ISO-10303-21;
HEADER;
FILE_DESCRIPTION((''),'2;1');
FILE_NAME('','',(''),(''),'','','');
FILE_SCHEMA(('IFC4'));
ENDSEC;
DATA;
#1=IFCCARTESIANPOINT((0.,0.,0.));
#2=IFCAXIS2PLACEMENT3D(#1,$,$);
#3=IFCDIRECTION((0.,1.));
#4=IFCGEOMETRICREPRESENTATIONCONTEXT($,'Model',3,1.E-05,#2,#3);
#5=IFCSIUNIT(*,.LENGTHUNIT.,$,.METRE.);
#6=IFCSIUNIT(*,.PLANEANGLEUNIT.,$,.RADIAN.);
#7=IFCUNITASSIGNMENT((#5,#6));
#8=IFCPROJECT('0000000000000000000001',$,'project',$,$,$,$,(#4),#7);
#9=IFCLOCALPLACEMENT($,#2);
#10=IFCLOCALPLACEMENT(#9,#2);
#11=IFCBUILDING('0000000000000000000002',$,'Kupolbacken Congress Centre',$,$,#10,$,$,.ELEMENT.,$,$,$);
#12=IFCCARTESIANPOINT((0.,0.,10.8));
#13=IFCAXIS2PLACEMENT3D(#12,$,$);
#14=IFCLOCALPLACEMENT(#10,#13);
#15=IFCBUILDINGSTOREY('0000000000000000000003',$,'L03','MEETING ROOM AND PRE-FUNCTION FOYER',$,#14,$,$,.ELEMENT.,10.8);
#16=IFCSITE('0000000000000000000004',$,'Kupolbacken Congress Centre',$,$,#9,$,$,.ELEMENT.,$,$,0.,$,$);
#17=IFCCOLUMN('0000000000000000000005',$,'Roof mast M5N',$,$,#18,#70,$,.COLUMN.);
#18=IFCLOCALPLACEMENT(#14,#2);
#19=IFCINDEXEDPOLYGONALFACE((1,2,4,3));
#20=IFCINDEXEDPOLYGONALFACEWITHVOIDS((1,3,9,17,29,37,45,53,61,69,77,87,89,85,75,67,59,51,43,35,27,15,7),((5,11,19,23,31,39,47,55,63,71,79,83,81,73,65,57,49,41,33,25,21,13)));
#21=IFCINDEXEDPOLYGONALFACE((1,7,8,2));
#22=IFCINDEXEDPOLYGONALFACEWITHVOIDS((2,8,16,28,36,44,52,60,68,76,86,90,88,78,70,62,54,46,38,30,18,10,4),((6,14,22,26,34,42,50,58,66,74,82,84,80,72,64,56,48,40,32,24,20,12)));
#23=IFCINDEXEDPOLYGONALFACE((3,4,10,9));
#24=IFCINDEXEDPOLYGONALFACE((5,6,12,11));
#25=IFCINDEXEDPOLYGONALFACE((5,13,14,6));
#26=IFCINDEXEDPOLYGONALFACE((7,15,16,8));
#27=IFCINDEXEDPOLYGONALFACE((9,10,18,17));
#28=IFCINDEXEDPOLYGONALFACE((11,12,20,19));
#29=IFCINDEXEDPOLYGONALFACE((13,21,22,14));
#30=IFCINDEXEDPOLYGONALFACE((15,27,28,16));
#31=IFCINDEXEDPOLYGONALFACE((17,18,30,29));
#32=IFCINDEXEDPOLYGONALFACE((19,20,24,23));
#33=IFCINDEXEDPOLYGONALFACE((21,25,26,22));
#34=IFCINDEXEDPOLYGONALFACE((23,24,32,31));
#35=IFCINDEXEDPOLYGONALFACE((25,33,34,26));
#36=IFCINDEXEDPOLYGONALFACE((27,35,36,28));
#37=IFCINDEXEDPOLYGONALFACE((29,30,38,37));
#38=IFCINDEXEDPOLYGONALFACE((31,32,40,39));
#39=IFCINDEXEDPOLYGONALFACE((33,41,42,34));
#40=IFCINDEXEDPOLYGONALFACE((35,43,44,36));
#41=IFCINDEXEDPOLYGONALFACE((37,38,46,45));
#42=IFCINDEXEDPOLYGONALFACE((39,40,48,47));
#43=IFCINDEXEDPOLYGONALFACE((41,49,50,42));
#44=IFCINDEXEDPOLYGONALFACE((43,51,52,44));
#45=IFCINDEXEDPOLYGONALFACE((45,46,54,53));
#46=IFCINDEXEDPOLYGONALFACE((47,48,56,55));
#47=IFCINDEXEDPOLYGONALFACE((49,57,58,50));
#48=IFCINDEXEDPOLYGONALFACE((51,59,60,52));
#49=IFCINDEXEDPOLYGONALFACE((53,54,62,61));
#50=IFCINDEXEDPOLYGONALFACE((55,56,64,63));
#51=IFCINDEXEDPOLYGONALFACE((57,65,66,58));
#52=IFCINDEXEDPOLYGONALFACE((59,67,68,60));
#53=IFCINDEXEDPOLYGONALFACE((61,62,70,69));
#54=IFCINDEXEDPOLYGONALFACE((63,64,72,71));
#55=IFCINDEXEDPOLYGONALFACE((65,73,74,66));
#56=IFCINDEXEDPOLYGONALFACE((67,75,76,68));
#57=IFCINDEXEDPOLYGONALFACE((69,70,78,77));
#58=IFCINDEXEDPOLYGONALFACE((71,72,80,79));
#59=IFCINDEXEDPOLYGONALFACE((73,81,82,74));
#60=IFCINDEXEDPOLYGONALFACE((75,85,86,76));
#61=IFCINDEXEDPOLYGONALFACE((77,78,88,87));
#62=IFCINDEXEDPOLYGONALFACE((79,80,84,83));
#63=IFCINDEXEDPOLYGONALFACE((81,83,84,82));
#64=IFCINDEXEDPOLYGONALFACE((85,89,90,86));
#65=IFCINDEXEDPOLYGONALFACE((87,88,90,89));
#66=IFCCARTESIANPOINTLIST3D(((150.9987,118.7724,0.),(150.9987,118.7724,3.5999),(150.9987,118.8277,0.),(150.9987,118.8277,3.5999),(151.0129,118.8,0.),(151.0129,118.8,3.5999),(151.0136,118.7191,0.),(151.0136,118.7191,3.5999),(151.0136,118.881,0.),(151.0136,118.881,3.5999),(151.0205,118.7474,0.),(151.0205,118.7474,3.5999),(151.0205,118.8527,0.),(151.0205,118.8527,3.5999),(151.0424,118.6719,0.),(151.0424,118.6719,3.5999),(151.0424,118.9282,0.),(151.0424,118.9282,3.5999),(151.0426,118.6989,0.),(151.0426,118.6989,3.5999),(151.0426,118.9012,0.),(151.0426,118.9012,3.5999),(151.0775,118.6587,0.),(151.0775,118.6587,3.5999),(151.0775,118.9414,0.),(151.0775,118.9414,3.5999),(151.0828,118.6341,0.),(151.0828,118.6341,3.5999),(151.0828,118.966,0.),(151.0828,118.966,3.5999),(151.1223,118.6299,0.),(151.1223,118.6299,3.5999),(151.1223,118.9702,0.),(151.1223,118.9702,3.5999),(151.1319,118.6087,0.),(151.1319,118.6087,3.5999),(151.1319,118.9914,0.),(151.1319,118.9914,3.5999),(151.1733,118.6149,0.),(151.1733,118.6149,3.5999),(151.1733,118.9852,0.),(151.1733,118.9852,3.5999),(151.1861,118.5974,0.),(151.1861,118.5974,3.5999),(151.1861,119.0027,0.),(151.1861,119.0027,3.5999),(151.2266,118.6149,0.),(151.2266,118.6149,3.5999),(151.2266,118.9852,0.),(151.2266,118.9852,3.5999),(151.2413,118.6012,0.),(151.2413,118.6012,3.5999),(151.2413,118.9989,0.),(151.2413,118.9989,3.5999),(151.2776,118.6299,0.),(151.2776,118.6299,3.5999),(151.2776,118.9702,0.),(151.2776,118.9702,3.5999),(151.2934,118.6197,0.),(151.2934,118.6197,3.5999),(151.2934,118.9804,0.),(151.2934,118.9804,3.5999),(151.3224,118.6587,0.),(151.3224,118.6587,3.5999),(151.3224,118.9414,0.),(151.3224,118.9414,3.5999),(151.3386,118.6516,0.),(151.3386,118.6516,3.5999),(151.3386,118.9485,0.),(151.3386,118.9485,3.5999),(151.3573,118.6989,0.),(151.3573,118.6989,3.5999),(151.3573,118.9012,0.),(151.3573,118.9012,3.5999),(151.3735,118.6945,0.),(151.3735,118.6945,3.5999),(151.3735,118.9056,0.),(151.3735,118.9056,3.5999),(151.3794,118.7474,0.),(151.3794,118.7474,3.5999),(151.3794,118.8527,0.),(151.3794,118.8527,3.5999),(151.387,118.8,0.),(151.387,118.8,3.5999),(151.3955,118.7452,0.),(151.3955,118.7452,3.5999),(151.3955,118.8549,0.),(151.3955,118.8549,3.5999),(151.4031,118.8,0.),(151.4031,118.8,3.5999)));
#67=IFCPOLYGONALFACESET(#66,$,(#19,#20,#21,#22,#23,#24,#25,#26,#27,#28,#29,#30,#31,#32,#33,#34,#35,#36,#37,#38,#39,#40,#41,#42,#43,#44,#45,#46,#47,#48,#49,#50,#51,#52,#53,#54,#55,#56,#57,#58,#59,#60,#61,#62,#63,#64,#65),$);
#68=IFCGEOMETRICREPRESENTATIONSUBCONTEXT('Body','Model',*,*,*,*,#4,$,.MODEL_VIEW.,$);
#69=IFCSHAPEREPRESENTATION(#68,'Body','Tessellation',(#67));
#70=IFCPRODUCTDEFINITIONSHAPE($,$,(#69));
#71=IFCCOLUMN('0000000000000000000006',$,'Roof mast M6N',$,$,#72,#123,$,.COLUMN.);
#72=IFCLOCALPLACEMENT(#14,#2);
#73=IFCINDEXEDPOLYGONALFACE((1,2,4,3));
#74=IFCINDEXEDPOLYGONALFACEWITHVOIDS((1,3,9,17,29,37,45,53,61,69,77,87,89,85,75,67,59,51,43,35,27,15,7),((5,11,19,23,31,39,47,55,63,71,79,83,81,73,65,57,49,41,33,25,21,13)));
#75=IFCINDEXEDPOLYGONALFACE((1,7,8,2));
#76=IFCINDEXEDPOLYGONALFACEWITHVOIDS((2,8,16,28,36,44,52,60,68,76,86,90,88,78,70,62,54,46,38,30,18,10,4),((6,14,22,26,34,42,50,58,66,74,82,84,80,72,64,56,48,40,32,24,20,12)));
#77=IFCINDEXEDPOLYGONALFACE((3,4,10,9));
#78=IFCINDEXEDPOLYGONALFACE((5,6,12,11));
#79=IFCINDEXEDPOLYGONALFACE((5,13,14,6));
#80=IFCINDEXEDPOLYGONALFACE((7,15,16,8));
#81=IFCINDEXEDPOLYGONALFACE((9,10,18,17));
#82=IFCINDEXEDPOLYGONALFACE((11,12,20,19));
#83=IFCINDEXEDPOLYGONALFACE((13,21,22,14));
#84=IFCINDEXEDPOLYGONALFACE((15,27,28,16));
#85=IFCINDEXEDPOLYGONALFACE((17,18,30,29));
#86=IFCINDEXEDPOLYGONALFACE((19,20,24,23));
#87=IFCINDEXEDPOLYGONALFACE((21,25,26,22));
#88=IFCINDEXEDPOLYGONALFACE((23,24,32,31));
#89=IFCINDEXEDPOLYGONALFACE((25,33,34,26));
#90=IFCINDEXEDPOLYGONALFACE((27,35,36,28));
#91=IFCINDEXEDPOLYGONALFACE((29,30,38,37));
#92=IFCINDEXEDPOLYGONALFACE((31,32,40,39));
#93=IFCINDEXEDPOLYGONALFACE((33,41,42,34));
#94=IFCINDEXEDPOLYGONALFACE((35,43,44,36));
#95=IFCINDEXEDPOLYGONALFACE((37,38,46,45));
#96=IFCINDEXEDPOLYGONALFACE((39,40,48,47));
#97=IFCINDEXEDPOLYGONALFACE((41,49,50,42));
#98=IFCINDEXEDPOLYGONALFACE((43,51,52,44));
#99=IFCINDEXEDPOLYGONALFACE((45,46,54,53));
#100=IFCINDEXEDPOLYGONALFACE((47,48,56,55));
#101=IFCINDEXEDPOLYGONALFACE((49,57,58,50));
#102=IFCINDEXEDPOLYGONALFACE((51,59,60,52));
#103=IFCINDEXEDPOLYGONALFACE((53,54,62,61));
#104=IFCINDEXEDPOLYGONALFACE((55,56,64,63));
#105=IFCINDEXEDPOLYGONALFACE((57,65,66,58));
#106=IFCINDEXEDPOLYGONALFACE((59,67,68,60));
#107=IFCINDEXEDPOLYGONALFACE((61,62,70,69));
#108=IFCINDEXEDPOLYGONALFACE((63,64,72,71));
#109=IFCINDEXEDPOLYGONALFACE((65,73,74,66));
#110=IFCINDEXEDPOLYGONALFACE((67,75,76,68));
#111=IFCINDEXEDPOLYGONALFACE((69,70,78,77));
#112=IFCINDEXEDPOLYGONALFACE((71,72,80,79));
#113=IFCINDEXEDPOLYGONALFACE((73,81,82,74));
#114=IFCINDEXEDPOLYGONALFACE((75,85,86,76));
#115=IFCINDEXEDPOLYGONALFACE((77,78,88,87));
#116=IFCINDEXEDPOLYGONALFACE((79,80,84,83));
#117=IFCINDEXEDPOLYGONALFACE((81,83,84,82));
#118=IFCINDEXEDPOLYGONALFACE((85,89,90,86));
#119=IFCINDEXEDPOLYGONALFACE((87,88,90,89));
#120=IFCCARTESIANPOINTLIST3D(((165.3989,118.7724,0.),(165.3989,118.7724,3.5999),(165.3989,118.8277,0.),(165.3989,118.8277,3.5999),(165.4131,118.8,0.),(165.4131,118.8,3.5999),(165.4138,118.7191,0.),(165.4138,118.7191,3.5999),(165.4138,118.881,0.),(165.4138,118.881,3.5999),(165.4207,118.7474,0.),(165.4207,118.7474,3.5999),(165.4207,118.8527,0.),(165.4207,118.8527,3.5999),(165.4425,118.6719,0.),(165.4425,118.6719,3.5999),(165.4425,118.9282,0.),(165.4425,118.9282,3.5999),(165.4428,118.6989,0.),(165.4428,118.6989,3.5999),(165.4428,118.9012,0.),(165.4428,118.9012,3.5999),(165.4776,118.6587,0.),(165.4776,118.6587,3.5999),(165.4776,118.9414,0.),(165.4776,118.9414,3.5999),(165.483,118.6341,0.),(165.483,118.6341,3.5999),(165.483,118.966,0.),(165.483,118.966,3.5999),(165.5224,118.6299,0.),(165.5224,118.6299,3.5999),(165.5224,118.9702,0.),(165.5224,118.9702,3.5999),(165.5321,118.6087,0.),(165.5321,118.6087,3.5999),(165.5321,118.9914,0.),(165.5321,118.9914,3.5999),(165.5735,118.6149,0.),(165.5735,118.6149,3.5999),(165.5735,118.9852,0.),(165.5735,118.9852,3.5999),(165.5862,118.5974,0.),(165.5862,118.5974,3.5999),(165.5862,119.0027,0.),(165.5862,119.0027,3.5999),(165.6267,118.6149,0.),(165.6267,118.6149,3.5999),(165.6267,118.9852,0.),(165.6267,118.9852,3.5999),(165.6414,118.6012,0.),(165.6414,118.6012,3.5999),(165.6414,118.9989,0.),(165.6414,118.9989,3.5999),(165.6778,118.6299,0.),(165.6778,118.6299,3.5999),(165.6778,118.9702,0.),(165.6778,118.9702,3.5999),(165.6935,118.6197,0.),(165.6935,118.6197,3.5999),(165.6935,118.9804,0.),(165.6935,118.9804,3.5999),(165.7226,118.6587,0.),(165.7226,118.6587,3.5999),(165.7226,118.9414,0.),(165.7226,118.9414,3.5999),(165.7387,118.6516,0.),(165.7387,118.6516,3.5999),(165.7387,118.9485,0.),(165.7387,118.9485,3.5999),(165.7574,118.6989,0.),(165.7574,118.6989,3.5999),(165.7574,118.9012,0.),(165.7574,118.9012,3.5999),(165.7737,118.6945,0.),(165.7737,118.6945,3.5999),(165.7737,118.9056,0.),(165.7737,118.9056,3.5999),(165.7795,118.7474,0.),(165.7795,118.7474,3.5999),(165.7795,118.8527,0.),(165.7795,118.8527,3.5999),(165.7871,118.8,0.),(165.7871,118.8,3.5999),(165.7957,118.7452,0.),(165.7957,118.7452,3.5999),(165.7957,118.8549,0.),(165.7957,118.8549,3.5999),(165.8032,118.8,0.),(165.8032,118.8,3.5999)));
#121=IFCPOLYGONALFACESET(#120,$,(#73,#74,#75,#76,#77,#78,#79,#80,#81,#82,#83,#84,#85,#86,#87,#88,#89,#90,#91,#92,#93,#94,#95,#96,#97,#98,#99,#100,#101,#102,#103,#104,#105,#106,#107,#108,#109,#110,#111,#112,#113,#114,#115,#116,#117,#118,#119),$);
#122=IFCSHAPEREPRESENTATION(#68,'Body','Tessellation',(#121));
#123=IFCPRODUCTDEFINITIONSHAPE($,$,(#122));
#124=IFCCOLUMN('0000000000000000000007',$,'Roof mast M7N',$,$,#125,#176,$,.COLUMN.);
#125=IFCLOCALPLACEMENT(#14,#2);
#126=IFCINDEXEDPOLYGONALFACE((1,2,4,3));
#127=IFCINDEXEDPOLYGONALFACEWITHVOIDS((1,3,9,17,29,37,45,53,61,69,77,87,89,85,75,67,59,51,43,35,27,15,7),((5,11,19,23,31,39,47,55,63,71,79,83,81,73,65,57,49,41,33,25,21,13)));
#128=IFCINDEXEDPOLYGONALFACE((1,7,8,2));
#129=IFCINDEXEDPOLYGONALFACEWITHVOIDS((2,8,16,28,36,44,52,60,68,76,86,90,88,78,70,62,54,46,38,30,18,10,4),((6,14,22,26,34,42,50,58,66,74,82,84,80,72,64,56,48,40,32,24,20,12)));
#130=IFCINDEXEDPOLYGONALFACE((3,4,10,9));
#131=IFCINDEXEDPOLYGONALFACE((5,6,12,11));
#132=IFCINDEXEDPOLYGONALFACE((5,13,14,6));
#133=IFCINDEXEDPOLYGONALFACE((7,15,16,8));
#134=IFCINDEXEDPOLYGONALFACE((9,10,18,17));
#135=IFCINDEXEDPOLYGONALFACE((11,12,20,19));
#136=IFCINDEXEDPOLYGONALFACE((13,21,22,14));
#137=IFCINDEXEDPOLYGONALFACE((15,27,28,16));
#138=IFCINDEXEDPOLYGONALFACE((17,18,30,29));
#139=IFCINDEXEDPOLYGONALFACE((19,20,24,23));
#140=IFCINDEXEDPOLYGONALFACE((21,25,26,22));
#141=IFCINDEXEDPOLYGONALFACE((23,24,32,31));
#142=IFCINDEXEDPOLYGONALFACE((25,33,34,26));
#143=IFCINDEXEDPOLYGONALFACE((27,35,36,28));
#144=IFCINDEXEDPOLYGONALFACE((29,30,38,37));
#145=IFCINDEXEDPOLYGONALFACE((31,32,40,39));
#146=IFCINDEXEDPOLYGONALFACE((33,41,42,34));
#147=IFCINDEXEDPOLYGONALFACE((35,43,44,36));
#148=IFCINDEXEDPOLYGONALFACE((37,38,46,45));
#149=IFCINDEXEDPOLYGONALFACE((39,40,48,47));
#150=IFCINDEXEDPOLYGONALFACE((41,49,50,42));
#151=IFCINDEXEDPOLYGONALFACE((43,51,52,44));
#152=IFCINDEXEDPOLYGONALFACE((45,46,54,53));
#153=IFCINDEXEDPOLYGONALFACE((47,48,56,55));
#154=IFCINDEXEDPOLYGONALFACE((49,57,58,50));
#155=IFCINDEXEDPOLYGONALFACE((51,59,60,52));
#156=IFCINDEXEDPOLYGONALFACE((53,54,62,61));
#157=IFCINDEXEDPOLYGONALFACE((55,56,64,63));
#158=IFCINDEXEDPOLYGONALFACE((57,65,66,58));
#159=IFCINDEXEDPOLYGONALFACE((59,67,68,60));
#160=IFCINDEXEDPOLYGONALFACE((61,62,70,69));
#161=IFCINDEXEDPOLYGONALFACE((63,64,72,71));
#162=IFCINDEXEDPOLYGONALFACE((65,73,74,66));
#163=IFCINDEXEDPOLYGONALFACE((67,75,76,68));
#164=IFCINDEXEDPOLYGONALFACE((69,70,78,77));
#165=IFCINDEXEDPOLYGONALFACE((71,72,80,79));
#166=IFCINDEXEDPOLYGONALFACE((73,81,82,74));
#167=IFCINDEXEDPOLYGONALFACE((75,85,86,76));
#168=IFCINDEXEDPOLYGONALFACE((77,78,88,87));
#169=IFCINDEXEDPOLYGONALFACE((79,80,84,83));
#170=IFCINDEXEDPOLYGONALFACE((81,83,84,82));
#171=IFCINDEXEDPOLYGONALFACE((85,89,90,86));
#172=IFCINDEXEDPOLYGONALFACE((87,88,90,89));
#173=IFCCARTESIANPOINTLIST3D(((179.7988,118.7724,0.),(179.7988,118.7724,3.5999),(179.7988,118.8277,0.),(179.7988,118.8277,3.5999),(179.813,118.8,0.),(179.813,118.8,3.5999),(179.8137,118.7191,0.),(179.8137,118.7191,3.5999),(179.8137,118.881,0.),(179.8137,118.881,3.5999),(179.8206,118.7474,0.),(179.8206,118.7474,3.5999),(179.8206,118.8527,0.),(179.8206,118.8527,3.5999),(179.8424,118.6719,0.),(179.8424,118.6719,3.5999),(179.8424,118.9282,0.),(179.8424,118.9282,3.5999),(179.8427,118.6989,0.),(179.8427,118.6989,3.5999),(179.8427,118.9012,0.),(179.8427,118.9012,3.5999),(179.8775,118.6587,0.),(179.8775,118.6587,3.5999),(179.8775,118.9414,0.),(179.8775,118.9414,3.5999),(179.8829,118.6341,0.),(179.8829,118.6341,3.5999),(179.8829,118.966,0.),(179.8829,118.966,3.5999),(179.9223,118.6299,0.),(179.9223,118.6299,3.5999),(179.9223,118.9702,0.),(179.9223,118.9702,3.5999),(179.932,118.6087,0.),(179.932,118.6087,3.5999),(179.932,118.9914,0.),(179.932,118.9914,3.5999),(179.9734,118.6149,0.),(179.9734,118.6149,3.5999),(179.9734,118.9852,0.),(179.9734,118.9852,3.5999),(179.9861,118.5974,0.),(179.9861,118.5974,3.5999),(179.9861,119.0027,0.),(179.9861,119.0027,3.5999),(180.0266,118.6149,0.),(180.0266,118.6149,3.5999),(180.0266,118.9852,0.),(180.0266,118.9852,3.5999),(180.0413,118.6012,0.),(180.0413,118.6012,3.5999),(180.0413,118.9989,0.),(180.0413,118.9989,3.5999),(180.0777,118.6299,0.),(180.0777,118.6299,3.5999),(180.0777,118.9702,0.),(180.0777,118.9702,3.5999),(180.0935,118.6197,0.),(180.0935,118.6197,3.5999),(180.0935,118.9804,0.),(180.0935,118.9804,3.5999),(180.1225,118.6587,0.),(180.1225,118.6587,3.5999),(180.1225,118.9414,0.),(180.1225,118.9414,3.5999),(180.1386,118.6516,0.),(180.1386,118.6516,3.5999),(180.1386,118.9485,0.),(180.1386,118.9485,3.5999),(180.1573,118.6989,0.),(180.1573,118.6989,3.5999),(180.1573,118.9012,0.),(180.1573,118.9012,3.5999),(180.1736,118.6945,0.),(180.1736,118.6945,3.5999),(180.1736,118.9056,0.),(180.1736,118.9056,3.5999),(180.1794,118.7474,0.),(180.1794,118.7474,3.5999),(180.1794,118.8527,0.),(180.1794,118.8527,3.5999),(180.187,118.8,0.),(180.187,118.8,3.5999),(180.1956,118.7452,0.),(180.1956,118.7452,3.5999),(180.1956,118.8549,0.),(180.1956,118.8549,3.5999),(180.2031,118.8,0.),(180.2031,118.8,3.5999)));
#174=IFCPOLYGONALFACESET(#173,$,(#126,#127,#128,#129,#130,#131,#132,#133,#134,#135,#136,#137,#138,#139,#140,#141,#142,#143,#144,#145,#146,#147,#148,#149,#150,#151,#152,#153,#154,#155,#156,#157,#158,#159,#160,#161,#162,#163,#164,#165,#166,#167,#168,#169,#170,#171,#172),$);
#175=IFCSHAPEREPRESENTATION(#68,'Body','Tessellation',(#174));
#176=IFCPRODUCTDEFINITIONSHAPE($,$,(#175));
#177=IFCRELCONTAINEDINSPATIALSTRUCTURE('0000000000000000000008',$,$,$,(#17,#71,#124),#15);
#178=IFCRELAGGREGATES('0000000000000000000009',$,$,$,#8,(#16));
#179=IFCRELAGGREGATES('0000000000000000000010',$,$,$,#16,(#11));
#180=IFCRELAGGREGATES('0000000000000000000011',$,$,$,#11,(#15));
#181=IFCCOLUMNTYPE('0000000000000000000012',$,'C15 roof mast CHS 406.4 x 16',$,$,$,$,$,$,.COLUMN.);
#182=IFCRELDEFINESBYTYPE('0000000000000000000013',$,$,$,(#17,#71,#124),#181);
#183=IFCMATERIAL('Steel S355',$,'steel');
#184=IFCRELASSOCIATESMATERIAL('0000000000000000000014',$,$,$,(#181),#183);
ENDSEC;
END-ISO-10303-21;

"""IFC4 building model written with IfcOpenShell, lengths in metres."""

from ifc_helpers import new_model, si_unit, direction, frame, origin, origin_2d, place, context, subcontext, project, spatial, hollow_circle, extrude, material, material_profile, profile_set, type_object, element, save


model = new_model("IFC4")

# Units and contexts
model_context = context("Model", 3, precision=1e-05, world=origin(), true_north=direction((0.0, 1.0)))
body_context = subcontext(model_context, "Body", "Model", "MODEL_VIEW")
ifc_project = project(units=[si_unit("LENGTHUNIT", "METRE"), si_unit("PLANEANGLEUNIT", "RADIAN")], contexts=[model_context])

# Site, building, storey
site_placement = place(None, origin())
site = spatial("IfcSite", under=ifc_project, at=site_placement, Name="Kupolbacken Congress Centre", CompositionType="ELEMENT", RefElevation=0.0)
building_placement = place(site_placement, origin())
building = spatial("IfcBuilding", under=site, at=building_placement, Name="Kupolbacken Congress Centre", CompositionType="ELEMENT")
storey_placement = place(building_placement, frame((0.0, 0.0, 10.8)))
storey = spatial("IfcBuildingStorey", under=building, at=storey_placement, Name="L03", Description="MEETING ROOM AND PRE-FUNCTION FOYER", CompositionType="ELEMENT", Elevation=10.8)

# Columns
ifc_material_1 = material(Name="Steel S355", Category="steel")
ifc_material_profile_1 = material_profile(ifc_material_1, hollow_circle(Radius=0.2031, WallThickness=0.0161, at=origin_2d()), Name="CHS 406.4 x 16")
ifc_profile_set_1 = profile_set([ifc_material_profile_1], Name="Steel S355")
column_type_1 = type_object("IfcColumnType", Name="C15 roof mast CHS 406.4 x 16", PredefinedType="COLUMN", material=ifc_profile_set_1)
for number, where, z_axis, x_axis, name in (
    (1, (151.2, 118.8, 0.0), (0.0, 0.0, 1.0), (1.0, 0.0, 0.0), "Roof mast M5N"),
    (2, (165.6001, 118.8, 0.0), (0.0, 0.0, 1.0), (1.0, 0.0, 0.0), "Roof mast M6N"),
    (3, (180.0, 118.8, 0.0), (0.0, 0.0, 1.0), (1.0, 0.0, 0.0), "Roof mast M7N"),
):
    element("IfcColumn", number, at=place(storey_placement, frame(where, z_axis=z_axis, x_axis=x_axis)), inside=storey, type_object=column_type_1, Name=name, PredefinedType="COLUMN", context=body_context, shape_type="SweptSolid", body=[
        extrude(hollow_circle(Radius=0.2031, WallThickness=0.0161, at=origin_2d()), origin(), (0.0, 0.0, 1.0), 3.5999),
    ])

save(model, "model.ifc")
